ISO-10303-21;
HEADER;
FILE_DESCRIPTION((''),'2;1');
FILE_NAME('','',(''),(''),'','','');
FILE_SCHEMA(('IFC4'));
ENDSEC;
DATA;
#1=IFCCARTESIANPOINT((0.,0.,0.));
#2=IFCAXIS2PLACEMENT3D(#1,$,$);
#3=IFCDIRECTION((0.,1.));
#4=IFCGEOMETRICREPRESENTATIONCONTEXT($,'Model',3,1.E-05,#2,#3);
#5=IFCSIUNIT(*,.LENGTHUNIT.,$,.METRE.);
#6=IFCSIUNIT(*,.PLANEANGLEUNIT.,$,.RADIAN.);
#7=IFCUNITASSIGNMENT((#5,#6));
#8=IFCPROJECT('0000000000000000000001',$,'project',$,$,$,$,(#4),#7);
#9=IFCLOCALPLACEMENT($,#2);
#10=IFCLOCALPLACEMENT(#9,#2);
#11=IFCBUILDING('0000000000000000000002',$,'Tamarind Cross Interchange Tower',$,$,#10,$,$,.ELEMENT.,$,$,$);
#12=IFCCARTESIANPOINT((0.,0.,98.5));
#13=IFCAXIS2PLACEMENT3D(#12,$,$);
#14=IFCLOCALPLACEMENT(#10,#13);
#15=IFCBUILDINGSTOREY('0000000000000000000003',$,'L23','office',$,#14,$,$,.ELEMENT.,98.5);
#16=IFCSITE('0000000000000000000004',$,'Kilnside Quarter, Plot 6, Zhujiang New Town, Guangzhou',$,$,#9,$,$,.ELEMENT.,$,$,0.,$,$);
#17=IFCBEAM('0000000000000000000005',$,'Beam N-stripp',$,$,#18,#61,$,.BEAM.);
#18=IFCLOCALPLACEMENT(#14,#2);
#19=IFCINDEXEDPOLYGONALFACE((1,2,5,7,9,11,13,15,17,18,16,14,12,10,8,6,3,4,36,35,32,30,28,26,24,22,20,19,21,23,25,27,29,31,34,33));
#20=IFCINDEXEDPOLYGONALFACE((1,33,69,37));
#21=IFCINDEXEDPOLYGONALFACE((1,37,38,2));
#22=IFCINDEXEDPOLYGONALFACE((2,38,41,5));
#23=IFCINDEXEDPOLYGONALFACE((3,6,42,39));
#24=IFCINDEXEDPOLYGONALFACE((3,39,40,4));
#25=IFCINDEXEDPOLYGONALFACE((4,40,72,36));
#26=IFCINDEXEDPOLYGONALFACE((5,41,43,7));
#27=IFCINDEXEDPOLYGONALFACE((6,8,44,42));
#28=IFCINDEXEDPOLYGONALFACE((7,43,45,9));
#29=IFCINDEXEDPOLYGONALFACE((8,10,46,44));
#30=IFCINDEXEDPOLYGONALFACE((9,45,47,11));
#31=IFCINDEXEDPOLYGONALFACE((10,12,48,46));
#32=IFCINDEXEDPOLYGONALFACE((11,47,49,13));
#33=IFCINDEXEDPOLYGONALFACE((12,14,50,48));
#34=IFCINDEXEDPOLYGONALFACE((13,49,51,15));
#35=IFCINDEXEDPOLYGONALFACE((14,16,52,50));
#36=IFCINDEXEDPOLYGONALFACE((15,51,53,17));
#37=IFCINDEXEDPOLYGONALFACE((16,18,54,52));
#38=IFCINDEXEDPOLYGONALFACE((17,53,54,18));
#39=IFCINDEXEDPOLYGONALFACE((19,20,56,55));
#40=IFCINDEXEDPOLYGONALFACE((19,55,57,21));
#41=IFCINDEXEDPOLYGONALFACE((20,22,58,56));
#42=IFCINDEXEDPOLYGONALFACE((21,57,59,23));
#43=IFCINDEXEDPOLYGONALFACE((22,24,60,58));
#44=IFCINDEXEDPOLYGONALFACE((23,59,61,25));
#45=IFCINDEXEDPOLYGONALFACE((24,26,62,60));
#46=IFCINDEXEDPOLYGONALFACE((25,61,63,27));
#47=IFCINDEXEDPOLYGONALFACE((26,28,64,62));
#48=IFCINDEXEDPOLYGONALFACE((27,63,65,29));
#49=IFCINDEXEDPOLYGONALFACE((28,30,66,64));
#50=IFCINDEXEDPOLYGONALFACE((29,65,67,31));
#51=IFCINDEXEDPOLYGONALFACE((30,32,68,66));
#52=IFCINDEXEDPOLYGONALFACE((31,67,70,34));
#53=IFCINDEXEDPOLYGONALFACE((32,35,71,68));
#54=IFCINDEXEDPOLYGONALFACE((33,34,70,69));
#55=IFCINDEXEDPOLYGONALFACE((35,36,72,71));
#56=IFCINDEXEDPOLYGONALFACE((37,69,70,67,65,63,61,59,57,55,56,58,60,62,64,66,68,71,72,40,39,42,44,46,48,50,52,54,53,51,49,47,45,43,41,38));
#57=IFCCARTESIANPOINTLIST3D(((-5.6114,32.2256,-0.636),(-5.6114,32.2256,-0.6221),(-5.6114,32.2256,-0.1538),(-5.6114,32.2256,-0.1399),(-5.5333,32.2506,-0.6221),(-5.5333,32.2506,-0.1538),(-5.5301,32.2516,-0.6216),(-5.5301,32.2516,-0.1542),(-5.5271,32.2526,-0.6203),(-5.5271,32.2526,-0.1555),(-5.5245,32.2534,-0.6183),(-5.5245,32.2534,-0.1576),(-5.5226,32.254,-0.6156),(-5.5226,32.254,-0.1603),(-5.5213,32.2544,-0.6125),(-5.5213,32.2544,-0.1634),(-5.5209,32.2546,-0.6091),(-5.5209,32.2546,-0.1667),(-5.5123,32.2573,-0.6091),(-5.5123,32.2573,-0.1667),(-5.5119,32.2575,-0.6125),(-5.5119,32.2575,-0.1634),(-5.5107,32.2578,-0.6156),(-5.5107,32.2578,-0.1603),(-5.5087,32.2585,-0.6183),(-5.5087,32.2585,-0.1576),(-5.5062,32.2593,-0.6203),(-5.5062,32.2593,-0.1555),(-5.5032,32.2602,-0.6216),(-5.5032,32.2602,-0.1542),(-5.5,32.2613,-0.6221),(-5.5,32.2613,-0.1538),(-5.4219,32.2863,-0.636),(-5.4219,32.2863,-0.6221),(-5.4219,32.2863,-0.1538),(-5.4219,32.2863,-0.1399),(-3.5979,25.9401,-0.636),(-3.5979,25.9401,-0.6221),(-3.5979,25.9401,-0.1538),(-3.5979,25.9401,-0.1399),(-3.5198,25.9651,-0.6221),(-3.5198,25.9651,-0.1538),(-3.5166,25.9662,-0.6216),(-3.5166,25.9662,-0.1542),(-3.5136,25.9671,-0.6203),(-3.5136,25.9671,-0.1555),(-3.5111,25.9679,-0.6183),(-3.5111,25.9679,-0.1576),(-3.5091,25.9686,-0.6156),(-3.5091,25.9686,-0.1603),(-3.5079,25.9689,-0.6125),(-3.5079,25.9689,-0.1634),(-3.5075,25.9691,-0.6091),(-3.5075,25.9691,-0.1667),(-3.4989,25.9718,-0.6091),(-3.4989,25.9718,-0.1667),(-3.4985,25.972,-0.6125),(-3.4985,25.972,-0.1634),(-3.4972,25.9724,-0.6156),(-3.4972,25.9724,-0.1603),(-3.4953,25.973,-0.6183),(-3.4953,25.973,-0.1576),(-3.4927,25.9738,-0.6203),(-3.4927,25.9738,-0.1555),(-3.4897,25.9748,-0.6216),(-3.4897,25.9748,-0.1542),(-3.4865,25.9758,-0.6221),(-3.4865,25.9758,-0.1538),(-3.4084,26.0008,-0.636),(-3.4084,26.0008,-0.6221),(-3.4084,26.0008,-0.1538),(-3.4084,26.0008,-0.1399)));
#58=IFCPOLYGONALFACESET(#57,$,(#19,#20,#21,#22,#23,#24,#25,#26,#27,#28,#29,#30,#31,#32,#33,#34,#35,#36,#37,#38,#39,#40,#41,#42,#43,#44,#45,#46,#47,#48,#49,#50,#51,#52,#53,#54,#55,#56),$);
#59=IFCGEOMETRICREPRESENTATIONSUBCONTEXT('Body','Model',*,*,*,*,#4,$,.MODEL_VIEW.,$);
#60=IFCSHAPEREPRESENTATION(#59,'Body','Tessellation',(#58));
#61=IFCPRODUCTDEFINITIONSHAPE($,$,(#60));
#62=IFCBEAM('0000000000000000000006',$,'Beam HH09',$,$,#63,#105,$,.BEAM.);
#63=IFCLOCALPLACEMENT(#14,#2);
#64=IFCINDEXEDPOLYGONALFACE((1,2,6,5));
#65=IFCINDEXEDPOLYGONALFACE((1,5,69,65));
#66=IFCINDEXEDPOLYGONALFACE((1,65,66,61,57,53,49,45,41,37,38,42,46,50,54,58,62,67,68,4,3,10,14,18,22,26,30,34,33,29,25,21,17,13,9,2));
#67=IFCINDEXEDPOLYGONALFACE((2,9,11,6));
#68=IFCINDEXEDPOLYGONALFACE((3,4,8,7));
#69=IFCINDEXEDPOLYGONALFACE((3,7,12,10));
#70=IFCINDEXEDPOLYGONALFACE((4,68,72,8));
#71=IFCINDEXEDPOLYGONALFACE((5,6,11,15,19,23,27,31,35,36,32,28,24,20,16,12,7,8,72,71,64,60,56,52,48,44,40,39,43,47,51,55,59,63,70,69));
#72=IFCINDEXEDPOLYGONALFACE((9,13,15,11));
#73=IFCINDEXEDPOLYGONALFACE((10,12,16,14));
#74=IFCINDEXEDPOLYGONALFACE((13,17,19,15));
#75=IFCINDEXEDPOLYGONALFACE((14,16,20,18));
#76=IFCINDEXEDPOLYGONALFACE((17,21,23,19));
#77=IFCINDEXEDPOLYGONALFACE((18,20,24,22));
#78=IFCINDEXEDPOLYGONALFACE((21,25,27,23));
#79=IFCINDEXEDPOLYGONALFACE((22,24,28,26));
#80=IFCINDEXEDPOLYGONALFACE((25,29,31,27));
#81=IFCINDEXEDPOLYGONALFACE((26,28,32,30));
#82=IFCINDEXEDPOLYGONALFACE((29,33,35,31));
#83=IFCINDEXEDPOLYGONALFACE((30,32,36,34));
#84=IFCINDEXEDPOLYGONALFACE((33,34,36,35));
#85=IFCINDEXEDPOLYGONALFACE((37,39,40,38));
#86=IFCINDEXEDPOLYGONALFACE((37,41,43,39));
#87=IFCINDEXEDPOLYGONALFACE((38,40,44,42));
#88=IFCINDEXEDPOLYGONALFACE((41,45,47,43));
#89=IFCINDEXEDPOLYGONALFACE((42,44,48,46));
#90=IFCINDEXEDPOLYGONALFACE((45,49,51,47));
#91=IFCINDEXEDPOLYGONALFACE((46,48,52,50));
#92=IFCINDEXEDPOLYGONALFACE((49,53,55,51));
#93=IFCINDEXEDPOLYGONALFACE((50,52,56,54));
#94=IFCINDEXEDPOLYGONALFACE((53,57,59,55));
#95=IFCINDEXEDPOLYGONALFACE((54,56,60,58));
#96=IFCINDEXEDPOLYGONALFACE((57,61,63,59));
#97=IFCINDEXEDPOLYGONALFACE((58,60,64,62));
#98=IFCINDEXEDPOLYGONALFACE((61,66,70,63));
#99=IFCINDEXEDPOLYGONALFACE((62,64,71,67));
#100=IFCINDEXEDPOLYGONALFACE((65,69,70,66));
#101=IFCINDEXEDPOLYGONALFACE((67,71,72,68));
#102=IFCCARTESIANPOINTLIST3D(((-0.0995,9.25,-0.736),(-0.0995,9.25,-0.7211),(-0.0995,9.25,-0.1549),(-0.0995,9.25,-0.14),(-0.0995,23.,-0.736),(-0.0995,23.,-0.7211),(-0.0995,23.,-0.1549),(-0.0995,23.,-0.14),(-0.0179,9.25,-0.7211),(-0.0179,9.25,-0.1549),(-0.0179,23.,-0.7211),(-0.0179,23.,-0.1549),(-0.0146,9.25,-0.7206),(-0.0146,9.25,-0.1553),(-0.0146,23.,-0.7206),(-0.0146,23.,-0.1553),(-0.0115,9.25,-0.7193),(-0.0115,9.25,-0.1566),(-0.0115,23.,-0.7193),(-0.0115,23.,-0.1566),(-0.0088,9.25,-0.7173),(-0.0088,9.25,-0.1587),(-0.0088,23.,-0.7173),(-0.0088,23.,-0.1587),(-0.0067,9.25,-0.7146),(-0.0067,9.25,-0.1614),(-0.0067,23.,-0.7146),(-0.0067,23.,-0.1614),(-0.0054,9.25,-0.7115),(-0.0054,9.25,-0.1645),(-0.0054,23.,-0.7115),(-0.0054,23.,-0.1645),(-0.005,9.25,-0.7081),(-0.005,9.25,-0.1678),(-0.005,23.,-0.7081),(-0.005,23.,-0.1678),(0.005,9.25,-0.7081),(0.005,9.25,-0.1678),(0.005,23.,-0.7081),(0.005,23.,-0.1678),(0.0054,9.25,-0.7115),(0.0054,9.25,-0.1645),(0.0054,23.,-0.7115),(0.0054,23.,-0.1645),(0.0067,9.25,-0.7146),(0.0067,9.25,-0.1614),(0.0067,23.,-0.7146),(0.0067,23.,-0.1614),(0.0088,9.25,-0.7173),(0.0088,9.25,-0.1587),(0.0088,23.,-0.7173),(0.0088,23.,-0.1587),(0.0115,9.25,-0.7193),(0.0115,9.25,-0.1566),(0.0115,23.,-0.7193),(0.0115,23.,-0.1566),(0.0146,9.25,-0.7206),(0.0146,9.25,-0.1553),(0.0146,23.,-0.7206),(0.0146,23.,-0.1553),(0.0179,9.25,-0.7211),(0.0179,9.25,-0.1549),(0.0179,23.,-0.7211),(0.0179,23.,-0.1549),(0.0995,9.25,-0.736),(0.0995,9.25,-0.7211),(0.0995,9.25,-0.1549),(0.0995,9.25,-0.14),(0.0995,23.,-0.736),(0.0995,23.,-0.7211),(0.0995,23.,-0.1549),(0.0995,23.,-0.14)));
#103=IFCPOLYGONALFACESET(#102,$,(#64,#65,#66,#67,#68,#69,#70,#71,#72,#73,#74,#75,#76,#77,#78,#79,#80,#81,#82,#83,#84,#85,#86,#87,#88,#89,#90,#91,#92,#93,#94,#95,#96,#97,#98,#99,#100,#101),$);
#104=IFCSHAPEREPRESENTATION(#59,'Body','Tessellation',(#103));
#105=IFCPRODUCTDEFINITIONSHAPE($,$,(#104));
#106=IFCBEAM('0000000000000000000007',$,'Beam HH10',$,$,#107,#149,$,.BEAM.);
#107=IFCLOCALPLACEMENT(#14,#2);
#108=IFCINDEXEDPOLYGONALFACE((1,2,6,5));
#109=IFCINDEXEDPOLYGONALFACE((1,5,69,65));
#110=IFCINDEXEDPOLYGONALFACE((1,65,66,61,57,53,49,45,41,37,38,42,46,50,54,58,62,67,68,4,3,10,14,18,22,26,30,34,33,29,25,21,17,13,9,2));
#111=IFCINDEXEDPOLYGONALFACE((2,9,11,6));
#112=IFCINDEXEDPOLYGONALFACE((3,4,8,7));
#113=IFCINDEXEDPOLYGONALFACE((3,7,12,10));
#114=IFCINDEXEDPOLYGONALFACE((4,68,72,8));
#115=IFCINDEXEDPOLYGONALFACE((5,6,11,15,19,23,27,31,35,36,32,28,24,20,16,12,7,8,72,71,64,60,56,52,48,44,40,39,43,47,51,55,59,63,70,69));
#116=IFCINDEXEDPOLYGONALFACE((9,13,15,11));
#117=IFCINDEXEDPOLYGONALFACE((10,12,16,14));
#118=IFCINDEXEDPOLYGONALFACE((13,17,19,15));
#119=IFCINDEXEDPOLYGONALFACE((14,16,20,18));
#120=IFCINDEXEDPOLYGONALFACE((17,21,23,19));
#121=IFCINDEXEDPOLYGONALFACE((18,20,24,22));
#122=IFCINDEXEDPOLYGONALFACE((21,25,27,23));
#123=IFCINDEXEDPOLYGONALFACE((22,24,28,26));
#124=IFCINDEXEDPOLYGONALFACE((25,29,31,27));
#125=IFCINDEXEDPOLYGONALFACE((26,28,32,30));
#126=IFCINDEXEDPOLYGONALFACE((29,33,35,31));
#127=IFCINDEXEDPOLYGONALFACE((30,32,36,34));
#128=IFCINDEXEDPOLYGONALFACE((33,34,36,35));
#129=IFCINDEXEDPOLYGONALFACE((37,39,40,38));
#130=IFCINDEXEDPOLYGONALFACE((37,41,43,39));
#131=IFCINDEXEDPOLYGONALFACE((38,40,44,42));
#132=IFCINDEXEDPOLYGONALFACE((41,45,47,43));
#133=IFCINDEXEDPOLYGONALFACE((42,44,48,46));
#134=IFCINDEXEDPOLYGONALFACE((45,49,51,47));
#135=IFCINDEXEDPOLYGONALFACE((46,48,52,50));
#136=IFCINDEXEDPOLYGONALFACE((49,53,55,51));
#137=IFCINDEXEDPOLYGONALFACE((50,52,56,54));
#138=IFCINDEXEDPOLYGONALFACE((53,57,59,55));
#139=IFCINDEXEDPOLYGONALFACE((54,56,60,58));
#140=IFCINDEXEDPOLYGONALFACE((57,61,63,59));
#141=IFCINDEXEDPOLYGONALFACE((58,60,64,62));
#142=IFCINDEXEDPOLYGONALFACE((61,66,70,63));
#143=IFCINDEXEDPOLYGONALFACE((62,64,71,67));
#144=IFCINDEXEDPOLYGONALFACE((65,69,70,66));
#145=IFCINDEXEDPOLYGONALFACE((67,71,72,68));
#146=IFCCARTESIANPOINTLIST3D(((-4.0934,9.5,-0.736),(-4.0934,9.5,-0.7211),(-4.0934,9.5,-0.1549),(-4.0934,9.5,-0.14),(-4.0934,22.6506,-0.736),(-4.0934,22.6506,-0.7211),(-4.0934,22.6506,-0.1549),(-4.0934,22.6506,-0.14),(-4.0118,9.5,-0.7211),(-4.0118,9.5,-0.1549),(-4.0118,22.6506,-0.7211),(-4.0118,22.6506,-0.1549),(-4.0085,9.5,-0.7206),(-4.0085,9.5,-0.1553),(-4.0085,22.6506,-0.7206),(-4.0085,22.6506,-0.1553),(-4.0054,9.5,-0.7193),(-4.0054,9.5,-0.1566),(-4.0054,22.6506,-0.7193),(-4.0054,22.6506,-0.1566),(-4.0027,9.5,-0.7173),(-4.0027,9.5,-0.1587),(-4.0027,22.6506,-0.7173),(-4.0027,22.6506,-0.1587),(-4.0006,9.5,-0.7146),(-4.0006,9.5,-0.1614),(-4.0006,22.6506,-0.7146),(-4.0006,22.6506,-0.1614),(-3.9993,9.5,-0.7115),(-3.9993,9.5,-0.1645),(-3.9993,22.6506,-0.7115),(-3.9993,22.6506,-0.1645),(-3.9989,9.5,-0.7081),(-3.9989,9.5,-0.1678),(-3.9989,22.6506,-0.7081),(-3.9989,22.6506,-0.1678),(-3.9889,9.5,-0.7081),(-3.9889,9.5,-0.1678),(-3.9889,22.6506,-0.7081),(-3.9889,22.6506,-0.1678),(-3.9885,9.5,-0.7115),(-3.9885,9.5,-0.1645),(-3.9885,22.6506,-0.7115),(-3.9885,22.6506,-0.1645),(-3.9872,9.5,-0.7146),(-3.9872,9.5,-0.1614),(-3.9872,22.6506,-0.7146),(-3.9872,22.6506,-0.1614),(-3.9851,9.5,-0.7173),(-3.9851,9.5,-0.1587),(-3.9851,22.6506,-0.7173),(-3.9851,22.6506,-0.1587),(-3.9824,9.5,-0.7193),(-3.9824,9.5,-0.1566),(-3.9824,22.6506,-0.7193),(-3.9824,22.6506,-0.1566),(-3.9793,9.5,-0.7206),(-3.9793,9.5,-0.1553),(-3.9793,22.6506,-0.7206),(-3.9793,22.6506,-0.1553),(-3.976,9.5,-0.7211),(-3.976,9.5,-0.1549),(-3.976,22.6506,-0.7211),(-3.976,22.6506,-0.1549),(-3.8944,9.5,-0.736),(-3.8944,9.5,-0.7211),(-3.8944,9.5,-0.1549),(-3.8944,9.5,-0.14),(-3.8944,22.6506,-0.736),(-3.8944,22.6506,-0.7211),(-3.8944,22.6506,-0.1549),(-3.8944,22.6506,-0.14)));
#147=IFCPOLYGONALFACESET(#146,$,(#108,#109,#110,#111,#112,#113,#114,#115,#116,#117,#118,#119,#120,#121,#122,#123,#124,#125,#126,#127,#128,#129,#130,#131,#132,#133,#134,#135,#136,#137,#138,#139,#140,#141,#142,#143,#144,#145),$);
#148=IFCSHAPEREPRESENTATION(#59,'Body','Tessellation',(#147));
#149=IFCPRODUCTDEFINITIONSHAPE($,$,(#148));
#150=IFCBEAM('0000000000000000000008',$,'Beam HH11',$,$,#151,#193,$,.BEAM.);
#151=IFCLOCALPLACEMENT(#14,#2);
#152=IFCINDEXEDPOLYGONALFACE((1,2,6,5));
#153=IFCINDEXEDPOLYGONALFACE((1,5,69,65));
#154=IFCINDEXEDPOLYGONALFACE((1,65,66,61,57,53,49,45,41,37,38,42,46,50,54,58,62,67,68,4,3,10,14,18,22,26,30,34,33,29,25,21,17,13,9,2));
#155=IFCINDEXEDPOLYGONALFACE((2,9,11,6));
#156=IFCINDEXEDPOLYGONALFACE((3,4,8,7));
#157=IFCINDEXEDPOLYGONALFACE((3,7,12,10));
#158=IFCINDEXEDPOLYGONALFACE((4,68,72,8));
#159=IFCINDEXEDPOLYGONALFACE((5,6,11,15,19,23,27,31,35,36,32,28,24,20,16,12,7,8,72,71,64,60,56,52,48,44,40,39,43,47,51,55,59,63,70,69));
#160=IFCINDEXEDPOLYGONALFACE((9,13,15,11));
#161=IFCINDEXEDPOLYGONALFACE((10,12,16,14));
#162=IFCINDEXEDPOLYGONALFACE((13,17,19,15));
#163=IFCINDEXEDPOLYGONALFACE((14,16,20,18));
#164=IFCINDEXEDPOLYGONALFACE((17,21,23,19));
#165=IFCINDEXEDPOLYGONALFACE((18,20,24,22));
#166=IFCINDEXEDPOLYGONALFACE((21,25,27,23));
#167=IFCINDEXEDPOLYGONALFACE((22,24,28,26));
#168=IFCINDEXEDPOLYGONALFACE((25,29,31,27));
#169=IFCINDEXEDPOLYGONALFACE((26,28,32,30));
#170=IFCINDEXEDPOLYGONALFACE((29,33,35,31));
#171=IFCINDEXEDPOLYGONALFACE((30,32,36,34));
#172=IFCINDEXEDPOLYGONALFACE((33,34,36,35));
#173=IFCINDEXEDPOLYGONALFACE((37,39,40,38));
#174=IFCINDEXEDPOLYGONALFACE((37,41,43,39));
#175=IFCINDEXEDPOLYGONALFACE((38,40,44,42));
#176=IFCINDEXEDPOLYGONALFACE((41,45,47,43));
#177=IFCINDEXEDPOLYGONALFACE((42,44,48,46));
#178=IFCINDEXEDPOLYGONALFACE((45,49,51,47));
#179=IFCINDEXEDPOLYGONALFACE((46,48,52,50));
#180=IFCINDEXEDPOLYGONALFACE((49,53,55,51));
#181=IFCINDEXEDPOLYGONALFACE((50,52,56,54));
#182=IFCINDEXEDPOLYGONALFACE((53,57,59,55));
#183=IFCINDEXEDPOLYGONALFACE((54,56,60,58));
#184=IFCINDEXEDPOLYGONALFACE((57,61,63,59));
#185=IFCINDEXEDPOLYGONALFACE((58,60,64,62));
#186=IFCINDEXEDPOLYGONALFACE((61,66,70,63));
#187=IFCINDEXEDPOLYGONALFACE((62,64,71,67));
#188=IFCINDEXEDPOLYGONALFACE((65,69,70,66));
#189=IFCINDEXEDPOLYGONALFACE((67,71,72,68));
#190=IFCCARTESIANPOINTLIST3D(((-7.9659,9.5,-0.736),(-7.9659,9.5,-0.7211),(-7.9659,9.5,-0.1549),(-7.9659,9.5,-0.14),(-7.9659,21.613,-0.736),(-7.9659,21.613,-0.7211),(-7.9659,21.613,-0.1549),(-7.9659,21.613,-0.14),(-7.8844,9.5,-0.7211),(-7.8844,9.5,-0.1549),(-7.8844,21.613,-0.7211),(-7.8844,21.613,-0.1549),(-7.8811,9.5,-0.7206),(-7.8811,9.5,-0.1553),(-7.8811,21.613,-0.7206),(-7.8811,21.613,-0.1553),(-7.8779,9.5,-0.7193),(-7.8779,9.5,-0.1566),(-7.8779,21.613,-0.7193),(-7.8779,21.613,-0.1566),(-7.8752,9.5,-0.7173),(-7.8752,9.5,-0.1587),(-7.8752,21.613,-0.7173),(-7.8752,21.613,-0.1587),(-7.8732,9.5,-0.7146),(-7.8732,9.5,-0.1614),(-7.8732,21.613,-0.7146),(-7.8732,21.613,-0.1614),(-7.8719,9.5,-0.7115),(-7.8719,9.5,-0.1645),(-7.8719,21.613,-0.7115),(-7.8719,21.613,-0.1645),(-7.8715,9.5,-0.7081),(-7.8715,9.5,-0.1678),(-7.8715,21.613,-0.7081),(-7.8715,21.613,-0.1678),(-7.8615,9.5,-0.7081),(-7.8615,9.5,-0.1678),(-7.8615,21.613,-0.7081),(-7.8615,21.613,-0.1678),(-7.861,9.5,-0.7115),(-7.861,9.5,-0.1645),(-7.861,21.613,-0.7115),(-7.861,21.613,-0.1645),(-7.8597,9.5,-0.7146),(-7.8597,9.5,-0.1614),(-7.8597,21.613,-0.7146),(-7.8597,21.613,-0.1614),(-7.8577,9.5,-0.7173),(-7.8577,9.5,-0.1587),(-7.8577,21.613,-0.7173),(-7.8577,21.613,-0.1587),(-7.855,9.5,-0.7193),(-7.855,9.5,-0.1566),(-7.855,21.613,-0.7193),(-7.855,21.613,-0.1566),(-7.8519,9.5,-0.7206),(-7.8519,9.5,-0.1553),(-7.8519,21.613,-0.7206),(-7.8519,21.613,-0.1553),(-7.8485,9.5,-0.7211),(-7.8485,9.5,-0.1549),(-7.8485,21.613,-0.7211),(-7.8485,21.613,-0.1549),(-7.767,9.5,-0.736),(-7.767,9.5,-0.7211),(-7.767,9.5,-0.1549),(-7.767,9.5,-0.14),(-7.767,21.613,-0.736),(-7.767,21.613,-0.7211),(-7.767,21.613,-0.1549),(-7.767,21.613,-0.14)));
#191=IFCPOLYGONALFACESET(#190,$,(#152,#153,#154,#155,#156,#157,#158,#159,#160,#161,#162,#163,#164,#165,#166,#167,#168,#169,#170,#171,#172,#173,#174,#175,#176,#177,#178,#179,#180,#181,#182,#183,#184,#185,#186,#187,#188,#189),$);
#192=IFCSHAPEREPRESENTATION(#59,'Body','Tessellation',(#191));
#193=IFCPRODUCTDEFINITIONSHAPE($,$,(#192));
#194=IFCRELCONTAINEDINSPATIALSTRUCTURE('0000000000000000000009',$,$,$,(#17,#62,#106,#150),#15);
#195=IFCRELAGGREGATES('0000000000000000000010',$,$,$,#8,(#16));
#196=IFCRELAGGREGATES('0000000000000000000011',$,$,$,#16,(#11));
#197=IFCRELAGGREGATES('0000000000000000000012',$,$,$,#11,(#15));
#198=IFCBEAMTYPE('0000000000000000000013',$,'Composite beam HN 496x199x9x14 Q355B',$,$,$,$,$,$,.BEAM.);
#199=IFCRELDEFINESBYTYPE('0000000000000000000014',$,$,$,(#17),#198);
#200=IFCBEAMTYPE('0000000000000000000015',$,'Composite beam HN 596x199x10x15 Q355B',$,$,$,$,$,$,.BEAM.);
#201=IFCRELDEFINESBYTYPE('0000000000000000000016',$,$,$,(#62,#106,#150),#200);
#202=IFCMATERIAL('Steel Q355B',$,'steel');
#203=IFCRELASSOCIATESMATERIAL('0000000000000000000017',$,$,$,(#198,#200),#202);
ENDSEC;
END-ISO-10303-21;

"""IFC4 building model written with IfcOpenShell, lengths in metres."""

from ifc_helpers import new_model, si_unit, direction, frame, origin, origin_2d, place, context, subcontext, project, spatial, i_section, extrude, material, material_profile, profile_set, type_object, element, save


model = new_model("IFC4")

# Units and contexts
model_context = context("Model", 3, precision=1e-05, world=origin(), true_north=direction((0.0, 1.0)))
body_context = subcontext(model_context, "Body", "Model", "MODEL_VIEW")
ifc_project = project(units=[si_unit("LENGTHUNIT", "METRE"), si_unit("PLANEANGLEUNIT", "RADIAN")], contexts=[model_context])

# Site, building, storey
site_placement = place(None, origin())
site = spatial("IfcSite", under=ifc_project, at=site_placement, Name="Kilnside Quarter, Plot 6, Zhujiang New Town, Guangzhou", CompositionType="ELEMENT", RefElevation=0.0)
building_placement = place(site_placement, origin())
building = spatial("IfcBuilding", under=site, at=building_placement, Name="Tamarind Cross Interchange Tower", CompositionType="ELEMENT")
storey_placement = place(building_placement, frame((0.0, 0.0, 98.5)))
storey = spatial("IfcBuildingStorey", under=building, at=storey_placement, Name="L23", Description="office", CompositionType="ELEMENT", Elevation=98.5)

# Beams
ifc_material_1 = material(Name="Steel Q355B", Category="steel")
ifc_material_profile_1 = material_profile(ifc_material_1, i_section(OverallWidth=0.199, OverallDepth=0.4961, WebThickness=0.009, FlangeThickness=0.0139, FilletRadius=0.0129, at=origin_2d()), Name="HN 496x199x9x14")
ifc_profile_set_1 = profile_set([ifc_material_profile_1], Name="Steel Q355B")
beam_type_1 = type_object("IfcBeamType", Name="Composite beam HN 496x199x9x14 Q355B", PredefinedType="BEAM", material=ifc_profile_set_1)
beam_1_placement = place(storey_placement, frame((-3.5032, 25.9705, -0.3879), z_axis=(-0.305064, 0.952332, 0.0), x_axis=(-0.952332, -0.305064, 0.0)))
element("IfcBeam", 1, at=beam_1_placement, inside=storey, type_object=beam_type_1, Name="Beam N-stripp", PredefinedType="BEAM", context=body_context, shape_type="SweptSolid", body=[
    extrude(i_section(OverallWidth=0.199, OverallDepth=0.4961, WebThickness=0.009, FlangeThickness=0.0139, FilletRadius=0.0129, at=origin_2d()), origin(), (0.0, 0.0, 1.0), 6.6001),
])
ifc_material_profile_2 = material_profile(ifc_material_1, i_section(OverallWidth=0.199, OverallDepth=0.5959, WebThickness=0.01, FlangeThickness=0.0149, FilletRadius=0.0129, at=origin_2d()), Name="HN 596x199x10x15")
ifc_profile_set_2 = profile_set([ifc_material_profile_2], Name="Steel Q355B")
beam_type_2 = type_object("IfcBeamType", Name="Composite beam HN 596x199x10x15 Q355B", PredefinedType="BEAM", material=ifc_profile_set_2)
beam_2_placement = place(storey_placement, frame((0.0, 23.0, -0.438), z_axis=(0.0, -1.0, 0.0), x_axis=(1.0, 0.0, 0.0)))
element("IfcBeam", 2, at=beam_2_placement, inside=storey, type_object=beam_type_2, Name="Beam HH09", PredefinedType="BEAM", context=body_context, shape_type="SweptSolid", body=[
    extrude(i_section(OverallWidth=0.199, OverallDepth=0.5959, WebThickness=0.01, FlangeThickness=0.0149, FilletRadius=0.0129, at=origin_2d()), origin(), (0.0, 0.0, 1.0), 13.75),
])
beam_3_placement = place(storey_placement, frame((-3.9939, 22.6506, -0.438), z_axis=(0.0, -1.0, 0.0), x_axis=(1.0, 0.0, 0.0)))
element("IfcBeam", 3, at=beam_3_placement, inside=storey, type_object=beam_type_2, Name="Beam HH10", PredefinedType="BEAM", context=body_context, shape_type="SweptSolid", body=[
    extrude(i_section(OverallWidth=0.199, OverallDepth=0.5959, WebThickness=0.01, FlangeThickness=0.0149, FilletRadius=0.0129, at=origin_2d()), origin(), (0.0, 0.0, 1.0), 13.1506),
])
beam_4_placement = place(storey_placement, frame((-7.8665, 21.613, -0.438), z_axis=(0.0, -1.0, 0.0), x_axis=(1.0, 0.0, 0.0)))
element("IfcBeam", 4, at=beam_4_placement, inside=storey, type_object=beam_type_2, Name="Beam HH11", PredefinedType="BEAM", context=body_context, shape_type="SweptSolid", body=[
    extrude(i_section(OverallWidth=0.199, OverallDepth=0.5959, WebThickness=0.01, FlangeThickness=0.0149, FilletRadius=0.0129, at=origin_2d()), origin(), (0.0, 0.0, 1.0), 12.113),
])

save(model, "model.ifc")
